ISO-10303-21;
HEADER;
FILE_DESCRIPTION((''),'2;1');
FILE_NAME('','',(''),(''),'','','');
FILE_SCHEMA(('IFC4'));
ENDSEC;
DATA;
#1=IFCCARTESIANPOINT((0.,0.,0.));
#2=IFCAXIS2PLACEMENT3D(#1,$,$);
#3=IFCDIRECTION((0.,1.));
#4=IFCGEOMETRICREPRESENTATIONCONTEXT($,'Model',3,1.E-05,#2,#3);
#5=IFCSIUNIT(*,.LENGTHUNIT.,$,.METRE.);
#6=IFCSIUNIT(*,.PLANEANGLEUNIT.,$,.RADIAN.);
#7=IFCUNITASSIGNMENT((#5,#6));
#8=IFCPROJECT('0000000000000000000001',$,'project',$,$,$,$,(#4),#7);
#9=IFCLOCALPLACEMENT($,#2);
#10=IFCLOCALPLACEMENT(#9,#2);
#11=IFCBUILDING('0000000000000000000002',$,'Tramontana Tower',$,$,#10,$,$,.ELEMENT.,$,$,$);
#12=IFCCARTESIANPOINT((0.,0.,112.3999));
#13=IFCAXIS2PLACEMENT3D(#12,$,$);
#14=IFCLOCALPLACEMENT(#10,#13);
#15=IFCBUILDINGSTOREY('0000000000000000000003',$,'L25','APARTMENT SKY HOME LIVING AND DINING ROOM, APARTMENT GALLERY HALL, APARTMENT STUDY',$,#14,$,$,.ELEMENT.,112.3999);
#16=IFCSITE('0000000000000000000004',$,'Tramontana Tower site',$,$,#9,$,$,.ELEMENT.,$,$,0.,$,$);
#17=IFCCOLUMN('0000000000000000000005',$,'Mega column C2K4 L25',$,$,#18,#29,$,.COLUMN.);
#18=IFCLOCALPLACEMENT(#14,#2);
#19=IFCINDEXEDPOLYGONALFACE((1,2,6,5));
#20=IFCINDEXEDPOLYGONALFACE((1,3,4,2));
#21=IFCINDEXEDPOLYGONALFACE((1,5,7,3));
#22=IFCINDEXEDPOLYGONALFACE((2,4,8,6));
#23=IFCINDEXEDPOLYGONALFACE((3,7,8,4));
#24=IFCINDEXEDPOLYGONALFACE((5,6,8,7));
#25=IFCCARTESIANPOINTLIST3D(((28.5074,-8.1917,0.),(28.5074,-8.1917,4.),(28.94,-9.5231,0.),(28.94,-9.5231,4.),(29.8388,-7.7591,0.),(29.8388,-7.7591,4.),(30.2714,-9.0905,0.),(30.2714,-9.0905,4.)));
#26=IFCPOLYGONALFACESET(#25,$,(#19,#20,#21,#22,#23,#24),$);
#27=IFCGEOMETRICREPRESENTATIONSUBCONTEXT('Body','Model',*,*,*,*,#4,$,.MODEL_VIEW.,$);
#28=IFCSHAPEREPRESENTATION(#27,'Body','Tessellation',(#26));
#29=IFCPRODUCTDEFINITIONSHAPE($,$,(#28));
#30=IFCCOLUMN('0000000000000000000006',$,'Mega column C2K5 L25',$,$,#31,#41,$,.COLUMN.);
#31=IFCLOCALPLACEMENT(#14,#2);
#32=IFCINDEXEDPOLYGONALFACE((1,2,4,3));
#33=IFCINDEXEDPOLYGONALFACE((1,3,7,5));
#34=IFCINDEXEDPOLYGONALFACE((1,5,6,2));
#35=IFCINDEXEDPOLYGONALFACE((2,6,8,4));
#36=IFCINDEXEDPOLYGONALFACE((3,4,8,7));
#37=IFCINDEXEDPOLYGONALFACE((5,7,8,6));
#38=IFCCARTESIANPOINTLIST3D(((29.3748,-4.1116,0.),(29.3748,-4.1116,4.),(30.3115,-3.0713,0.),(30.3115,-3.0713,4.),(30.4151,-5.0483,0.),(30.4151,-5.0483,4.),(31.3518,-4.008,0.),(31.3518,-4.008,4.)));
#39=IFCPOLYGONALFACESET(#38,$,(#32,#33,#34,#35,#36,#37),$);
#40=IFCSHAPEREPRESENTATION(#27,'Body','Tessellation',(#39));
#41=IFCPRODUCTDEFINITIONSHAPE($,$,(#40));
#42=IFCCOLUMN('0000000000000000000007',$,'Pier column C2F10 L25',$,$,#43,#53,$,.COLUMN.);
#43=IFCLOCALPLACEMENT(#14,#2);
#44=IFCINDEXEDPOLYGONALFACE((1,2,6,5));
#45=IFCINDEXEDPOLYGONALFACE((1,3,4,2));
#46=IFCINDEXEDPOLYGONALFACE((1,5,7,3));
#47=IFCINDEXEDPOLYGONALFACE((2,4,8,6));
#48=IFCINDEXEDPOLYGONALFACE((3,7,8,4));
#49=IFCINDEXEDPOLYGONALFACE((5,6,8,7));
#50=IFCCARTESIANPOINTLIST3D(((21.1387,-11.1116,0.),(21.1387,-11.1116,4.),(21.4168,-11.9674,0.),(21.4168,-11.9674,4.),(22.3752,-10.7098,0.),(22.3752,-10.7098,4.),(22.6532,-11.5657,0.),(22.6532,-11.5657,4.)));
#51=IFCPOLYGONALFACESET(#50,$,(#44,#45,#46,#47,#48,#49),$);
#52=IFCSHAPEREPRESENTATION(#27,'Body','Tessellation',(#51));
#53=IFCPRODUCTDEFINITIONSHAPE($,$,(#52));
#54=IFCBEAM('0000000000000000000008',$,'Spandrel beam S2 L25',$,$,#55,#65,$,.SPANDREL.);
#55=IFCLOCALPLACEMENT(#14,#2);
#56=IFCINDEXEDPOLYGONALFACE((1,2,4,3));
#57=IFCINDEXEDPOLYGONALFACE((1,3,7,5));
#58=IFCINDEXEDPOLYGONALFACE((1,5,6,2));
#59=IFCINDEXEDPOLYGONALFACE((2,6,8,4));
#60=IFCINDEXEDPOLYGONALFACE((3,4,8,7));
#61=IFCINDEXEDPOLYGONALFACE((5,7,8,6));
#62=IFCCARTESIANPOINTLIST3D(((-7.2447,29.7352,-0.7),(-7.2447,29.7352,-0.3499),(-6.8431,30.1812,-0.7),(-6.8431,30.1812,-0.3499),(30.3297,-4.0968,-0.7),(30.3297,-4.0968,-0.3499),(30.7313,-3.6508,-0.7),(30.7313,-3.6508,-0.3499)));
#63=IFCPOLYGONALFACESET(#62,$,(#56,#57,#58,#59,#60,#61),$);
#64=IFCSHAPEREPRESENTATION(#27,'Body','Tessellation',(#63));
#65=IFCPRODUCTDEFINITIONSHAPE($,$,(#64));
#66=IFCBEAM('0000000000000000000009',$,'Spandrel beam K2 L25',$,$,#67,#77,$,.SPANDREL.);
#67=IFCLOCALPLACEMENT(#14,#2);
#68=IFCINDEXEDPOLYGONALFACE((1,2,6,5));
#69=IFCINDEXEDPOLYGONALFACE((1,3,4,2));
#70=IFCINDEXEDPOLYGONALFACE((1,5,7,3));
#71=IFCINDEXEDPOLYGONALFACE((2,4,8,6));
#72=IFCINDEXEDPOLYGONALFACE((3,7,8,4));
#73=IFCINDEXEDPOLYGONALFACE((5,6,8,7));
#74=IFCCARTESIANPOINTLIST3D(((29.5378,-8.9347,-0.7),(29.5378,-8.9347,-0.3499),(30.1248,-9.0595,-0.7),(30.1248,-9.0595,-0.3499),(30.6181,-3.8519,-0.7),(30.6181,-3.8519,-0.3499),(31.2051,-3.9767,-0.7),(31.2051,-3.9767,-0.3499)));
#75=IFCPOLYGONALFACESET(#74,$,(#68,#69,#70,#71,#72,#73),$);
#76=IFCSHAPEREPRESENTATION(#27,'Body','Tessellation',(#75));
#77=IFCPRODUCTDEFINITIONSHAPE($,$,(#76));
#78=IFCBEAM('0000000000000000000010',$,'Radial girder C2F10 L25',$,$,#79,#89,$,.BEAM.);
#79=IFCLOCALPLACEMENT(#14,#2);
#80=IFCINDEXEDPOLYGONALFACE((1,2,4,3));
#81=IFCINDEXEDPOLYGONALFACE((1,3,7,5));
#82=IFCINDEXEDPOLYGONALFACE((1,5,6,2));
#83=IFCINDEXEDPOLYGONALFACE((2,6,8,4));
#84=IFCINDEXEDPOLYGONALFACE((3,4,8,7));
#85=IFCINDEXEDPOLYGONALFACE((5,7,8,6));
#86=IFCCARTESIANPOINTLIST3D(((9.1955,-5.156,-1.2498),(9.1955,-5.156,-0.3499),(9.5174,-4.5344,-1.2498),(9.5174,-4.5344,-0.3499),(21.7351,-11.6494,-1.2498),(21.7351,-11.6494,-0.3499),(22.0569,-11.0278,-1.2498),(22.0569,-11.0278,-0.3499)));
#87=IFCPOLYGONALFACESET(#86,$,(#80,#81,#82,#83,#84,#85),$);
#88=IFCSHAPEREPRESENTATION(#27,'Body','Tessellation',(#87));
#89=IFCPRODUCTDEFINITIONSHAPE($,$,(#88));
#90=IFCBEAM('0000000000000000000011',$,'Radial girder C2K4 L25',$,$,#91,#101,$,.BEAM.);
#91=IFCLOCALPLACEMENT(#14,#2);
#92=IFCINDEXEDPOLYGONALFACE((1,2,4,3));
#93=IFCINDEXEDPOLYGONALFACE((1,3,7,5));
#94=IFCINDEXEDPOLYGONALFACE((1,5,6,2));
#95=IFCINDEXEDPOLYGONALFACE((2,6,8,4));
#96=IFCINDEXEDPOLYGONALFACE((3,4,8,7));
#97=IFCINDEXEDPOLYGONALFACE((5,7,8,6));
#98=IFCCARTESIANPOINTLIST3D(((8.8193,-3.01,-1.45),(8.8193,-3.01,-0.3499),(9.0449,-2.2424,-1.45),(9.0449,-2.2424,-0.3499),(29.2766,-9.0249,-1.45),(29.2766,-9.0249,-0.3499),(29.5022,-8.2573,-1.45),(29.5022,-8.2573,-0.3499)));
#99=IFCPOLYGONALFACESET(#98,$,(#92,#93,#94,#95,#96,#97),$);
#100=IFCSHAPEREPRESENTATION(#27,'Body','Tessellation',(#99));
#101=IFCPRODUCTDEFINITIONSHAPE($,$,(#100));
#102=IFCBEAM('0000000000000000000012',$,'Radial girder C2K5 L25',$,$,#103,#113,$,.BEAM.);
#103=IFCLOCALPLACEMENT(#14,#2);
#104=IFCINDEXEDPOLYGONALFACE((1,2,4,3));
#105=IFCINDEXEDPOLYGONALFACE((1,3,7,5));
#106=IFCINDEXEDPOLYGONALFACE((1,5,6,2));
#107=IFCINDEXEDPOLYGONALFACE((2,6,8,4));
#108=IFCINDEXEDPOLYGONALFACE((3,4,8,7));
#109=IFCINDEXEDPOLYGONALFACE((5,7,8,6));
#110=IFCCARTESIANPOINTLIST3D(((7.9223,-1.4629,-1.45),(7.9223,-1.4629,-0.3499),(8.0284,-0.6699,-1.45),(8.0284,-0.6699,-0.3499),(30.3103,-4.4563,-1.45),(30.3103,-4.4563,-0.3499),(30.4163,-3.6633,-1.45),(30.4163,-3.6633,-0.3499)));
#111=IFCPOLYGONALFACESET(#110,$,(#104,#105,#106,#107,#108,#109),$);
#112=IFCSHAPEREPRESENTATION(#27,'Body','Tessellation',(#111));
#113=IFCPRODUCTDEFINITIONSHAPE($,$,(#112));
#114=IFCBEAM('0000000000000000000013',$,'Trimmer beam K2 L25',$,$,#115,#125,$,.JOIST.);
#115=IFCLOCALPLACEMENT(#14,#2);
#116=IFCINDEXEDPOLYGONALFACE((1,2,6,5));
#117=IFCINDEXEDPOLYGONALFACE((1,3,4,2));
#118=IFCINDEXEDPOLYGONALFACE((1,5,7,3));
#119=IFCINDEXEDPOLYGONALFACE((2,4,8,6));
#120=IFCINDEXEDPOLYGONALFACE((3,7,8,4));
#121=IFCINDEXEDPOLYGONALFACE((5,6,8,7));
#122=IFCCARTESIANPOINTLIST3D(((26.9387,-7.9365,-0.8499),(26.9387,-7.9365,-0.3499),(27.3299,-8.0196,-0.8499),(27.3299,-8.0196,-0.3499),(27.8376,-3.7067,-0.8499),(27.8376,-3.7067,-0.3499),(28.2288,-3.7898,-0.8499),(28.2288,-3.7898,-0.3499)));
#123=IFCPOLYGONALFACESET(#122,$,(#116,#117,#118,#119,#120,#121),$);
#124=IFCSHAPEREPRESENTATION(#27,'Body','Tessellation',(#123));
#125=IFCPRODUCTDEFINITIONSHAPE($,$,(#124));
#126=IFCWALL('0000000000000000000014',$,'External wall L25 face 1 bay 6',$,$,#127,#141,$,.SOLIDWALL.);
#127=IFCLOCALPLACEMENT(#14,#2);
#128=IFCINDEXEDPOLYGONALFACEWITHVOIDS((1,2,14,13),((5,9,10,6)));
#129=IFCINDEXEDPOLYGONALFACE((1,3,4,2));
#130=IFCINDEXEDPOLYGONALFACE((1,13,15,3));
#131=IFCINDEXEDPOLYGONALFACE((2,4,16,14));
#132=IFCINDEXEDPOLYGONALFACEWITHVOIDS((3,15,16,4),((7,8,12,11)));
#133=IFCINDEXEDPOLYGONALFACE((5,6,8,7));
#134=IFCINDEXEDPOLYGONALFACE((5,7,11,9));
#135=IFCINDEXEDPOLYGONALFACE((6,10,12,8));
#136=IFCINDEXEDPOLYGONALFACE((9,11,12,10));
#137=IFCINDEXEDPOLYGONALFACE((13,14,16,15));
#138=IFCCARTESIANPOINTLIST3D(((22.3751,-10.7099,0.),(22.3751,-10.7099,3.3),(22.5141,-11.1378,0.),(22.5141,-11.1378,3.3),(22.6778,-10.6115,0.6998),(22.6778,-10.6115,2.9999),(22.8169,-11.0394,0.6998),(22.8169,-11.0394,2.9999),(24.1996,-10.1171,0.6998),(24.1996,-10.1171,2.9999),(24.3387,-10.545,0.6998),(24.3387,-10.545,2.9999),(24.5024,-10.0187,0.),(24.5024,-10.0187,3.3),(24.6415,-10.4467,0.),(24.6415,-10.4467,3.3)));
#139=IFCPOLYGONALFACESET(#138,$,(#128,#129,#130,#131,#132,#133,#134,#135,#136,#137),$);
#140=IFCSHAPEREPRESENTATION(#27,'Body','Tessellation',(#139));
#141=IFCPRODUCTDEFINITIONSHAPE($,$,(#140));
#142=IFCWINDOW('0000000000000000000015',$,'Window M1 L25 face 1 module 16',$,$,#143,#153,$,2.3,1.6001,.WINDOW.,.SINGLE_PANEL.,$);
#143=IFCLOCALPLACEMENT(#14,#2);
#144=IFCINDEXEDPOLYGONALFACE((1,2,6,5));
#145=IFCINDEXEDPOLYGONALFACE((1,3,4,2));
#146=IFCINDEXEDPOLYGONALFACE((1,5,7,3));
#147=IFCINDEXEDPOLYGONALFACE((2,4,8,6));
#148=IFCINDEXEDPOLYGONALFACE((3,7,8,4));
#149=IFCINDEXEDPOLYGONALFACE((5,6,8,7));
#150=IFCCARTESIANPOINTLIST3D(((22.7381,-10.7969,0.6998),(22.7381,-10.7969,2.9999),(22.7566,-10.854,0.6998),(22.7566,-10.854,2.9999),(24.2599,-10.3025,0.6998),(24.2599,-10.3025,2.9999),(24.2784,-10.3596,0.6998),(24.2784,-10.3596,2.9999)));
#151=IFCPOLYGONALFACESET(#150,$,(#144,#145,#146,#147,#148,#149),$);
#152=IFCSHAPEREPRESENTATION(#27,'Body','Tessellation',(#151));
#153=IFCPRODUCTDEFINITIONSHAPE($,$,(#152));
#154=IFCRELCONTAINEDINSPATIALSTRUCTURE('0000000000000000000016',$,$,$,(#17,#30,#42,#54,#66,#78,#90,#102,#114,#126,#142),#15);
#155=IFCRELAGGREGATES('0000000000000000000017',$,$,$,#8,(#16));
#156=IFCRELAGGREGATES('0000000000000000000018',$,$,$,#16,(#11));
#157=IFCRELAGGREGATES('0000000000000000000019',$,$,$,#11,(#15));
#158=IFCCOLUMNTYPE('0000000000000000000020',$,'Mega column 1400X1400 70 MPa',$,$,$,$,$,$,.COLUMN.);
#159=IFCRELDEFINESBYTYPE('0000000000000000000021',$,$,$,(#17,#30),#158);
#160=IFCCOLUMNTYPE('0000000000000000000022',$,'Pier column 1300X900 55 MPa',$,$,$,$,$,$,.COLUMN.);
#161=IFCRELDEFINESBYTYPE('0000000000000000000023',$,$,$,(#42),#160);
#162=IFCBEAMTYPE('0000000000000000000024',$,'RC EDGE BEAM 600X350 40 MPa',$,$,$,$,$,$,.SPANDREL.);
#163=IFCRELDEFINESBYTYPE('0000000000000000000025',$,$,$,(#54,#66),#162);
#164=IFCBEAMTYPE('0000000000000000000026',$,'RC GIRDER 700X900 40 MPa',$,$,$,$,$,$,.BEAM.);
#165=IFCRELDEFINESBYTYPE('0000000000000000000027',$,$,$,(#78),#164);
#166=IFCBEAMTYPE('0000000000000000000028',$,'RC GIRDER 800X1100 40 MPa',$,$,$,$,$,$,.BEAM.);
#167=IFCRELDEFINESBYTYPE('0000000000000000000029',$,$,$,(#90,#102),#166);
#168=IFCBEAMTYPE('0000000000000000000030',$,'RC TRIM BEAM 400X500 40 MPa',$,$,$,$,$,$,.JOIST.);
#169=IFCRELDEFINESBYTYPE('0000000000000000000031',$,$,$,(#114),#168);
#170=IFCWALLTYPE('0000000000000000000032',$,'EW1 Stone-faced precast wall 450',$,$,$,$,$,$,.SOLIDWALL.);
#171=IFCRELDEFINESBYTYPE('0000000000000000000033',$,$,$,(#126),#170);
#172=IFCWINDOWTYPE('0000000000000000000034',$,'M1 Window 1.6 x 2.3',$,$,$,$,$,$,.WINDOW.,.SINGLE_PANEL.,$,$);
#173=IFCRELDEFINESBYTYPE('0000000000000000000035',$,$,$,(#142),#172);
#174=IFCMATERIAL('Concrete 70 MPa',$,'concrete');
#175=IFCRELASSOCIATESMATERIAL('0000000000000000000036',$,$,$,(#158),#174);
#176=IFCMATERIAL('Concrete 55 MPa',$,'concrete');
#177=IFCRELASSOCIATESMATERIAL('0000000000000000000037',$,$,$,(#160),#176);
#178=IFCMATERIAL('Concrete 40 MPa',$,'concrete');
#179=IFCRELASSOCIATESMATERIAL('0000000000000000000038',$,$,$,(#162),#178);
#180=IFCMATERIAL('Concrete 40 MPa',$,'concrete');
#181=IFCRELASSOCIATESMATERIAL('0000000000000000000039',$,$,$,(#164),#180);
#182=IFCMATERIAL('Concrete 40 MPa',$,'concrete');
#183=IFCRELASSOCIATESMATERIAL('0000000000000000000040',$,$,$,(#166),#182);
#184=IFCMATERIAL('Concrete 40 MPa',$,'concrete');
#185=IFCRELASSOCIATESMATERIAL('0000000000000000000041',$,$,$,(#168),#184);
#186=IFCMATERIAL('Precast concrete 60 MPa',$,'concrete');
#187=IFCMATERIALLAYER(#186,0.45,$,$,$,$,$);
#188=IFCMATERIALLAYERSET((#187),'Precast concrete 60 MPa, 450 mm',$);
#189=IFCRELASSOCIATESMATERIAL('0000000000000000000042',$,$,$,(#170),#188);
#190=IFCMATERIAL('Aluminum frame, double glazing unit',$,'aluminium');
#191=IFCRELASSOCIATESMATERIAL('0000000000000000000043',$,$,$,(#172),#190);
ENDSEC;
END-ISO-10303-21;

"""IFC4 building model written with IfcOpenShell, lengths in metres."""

from ifc_helpers import new_model, si_unit, direction, frame, frame_2d, origin, origin_2d, place, context, subcontext, project, spatial, rectangle, extrude, material, layer, layer_set, material_profile, profile_set, type_object, element, fill, save


model = new_model("IFC4")

# Units and contexts
model_context = context("Model", 3, precision=1e-05, world=origin(), true_north=direction((0.0, 1.0)))
body_context = subcontext(model_context, "Body", "Model", "MODEL_VIEW")
ifc_project = project(units=[si_unit("LENGTHUNIT", "METRE"), si_unit("PLANEANGLEUNIT", "RADIAN")], contexts=[model_context])

# Site, building, storey
site_placement = place(None, origin())
site = spatial("IfcSite", under=ifc_project, at=site_placement, Name="Tramontana Tower site", CompositionType="ELEMENT", RefElevation=0.0)
building_placement = place(site_placement, origin())
building = spatial("IfcBuilding", under=site, at=building_placement, Name="Tramontana Tower", CompositionType="ELEMENT")
storey_placement = place(building_placement, frame((0.0, 0.0, 112.3999)))
storey = spatial("IfcBuildingStorey", under=building, at=storey_placement, Name="L25", Description="APARTMENT SKY HOME LIVING AND DINING ROOM, APARTMENT GALLERY HALL, APARTMENT STUDY", CompositionType="ELEMENT", Elevation=112.3999)

# Columns
ifc_material_1 = material(Name="Concrete 70 MPa", Category="concrete")
ifc_material_profile_1 = material_profile(ifc_material_1, rectangle(XDim=1.3999, YDim=1.3999, at=origin_2d()), Name="Mega column 1400X1400 70 MPa")
ifc_profile_set_1 = profile_set([ifc_material_profile_1], Name="Concrete 70 MPa")
column_type_1 = type_object("IfcColumnType", Name="Mega column 1400X1400 70 MPa", PredefinedType="COLUMN", material=ifc_profile_set_1)
for number, where, z_axis, x_axis, name in (
    (1, (29.3894, -8.6411, 0.0), (0.0, 0.0, 1.0), (0.951057, 0.309017, 0.0), "Mega column C2K4 L25"),
    (2, (30.3633, -4.0598, 0.0), (0.0, 0.0, 1.0), (-0.743145, 0.669131, 0.0), "Mega column C2K5 L25"),
):
    element("IfcColumn", number, at=place(storey_placement, frame(where, z_axis=z_axis, x_axis=x_axis)), inside=storey, type_object=column_type_1, Name=name, PredefinedType="COLUMN", context=body_context, shape_type="SweptSolid", body=[
        extrude(rectangle(XDim=1.3999, YDim=1.3999, at=origin_2d()), origin(), (0.0, 0.0, 1.0), 4.0),
    ])
ifc_material_2 = material(Name="Concrete 55 MPa", Category="concrete")
ifc_material_profile_2 = material_profile(ifc_material_2, rectangle(XDim=1.3, YDim=0.8999, at=origin_2d()), Name="Pier column 1300X900 55 MPa")
ifc_profile_set_2 = profile_set([ifc_material_profile_2], Name="Concrete 55 MPa")
column_type_2 = type_object("IfcColumnType", Name="Pier column 1300X900 55 MPa", PredefinedType="COLUMN", material=ifc_profile_set_2)
column_placement = place(storey_placement, frame((21.896, -11.3386, 0.0), z_axis=(0.0, 0.0, 1.0), x_axis=(0.951057, 0.309017, 0.0)))
element("IfcColumn", 3, at=column_placement, inside=storey, type_object=column_type_2, Name="Pier column C2F10 L25", PredefinedType="COLUMN", context=body_context, shape_type="SweptSolid", body=[
    extrude(rectangle(XDim=1.3, YDim=0.8999, at=origin_2d()), origin(), (0.0, 0.0, 1.0), 4.0),
])

# Beams
ifc_material_3 = material(Name="Concrete 40 MPa", Category="concrete")
ifc_material_profile_3 = material_profile(ifc_material_3, rectangle(XDim=0.6001, YDim=0.3501, at=origin_2d()), Name="RC EDGE BEAM 600X350 40 MPa")
ifc_profile_set_3 = profile_set([ifc_material_profile_3], Name="Concrete 40 MPa")
beam_type_1 = type_object("IfcBeamType", Name="RC EDGE BEAM 600X350 40 MPa", PredefinedType="SPANDREL", material=ifc_profile_set_3)
beam_1_placement = place(storey_placement, frame((30.5305, -3.8738, -0.5249), z_axis=(-0.743146, 0.669129, 0.0), x_axis=(-0.669129, -0.743146, 0.0)))
element("IfcBeam", 4, at=beam_1_placement, inside=storey, type_object=beam_type_1, Name="Spandrel beam S2 L25", PredefinedType="SPANDREL", context=body_context, shape_type="SweptSolid", body=[
    extrude(rectangle(XDim=0.6001, YDim=0.3501, at=origin_2d()), origin(), (0.0, 0.0, 1.0), 50.5613),
])
beam_2_placement = place(storey_placement, frame((29.8313, -8.9971, -0.5249), z_axis=(0.207902, 0.97815, 0.0), x_axis=(-0.97815, 0.207902, 0.0)))
element("IfcBeam", 5, at=beam_2_placement, inside=storey, type_object=beam_type_1, Name="Spandrel beam K2 L25", PredefinedType="SPANDREL", context=body_context, shape_type="SweptSolid", body=[
    extrude(rectangle(XDim=0.6001, YDim=0.3501, at=origin_2d()), origin(), (0.0, 0.0, 1.0), 5.1963),
])
ifc_material_4 = material(Name="Concrete 40 MPa", Category="concrete")
ifc_material_profile_4 = material_profile(ifc_material_4, rectangle(XDim=0.7, YDim=0.8999, at=origin_2d()), Name="RC GIRDER 700X900 40 MPa")
ifc_profile_set_4 = profile_set([ifc_material_profile_4], Name="Concrete 40 MPa")
beam_type_2 = type_object("IfcBeamType", Name="RC GIRDER 700X900 40 MPa", PredefinedType="BEAM", material=ifc_profile_set_4)
beam_3_placement = place(storey_placement, frame((21.896, -11.3386, -0.7998), z_axis=(-0.888003, 0.459838, 0.0), x_axis=(-0.459838, -0.888003, 0.0)))
element("IfcBeam", 6, at=beam_3_placement, inside=storey, type_object=beam_type_2, Name="Radial girder C2F10 L25", PredefinedType="BEAM", context=body_context, shape_type="SweptSolid", body=[
    extrude(rectangle(XDim=0.7, YDim=0.8999, at=origin_2d()), origin(), (0.0, 0.0, 1.0), 14.1211),
])
ifc_material_5 = material(Name="Concrete 40 MPa", Category="concrete")
ifc_material_profile_5 = material_profile(ifc_material_5, rectangle(XDim=0.8, YDim=1.1001, at=origin_2d()), Name="RC GIRDER 800X1100 40 MPa")
ifc_profile_set_5 = profile_set([ifc_material_profile_5], Name="Concrete 40 MPa")
beam_type_3 = type_object("IfcBeamType", Name="RC GIRDER 800X1100 40 MPa", PredefinedType="BEAM", material=ifc_profile_set_5)
beam_4_placement = place(storey_placement, frame((29.3894, -8.6411, -0.8999), z_axis=(-0.95939, 0.282082, 0.0), x_axis=(-0.282082, -0.95939, 0.0)))
element("IfcBeam", 7, at=beam_4_placement, inside=storey, type_object=beam_type_3, Name="Radial girder C2K4 L25", PredefinedType="BEAM", context=body_context, shape_type="SweptSolid", body=[
    extrude(rectangle(XDim=0.8, YDim=1.1001, at=origin_2d()), origin(), (0.0, 0.0, 1.0), 21.3232),
])
beam_5_placement = place(storey_placement, frame((30.3633, -4.0598, -0.8999), z_axis=(-0.991179, 0.132527, 0.0), x_axis=(-0.132527, -0.991179, 0.0)))
element("IfcBeam", 8, at=beam_5_placement, inside=storey, type_object=beam_type_3, Name="Radial girder C2K5 L25", PredefinedType="BEAM", context=body_context, shape_type="SweptSolid", body=[
    extrude(rectangle(XDim=0.8, YDim=1.1001, at=origin_2d()), origin(), (0.0, 0.0, 1.0), 22.5872),
])
ifc_material_6 = material(Name="Concrete 40 MPa", Category="concrete")
ifc_material_profile_6 = material_profile(ifc_material_6, rectangle(XDim=0.3999, YDim=0.5, at=origin_2d()), Name="RC TRIM BEAM 400X500 40 MPa")
ifc_profile_set_6 = profile_set([ifc_material_profile_6], Name="Concrete 40 MPa")
beam_type_4 = type_object("IfcBeamType", Name="RC TRIM BEAM 400X500 40 MPa", PredefinedType="JOIST", material=ifc_profile_set_6)
beam_6_placement = place(storey_placement, frame((27.1343, -7.978, -0.5999), z_axis=(0.207882, 0.978154, 0.0), x_axis=(-0.978154, 0.207882, 0.0)))
element("IfcBeam", 9, at=beam_6_placement, inside=storey, type_object=beam_type_4, Name="Trimmer beam K2 L25", PredefinedType="JOIST", context=body_context, shape_type="SweptSolid", body=[
    extrude(rectangle(XDim=0.3999, YDim=0.5, at=origin_2d()), origin(), (0.0, 0.0, 1.0), 4.3242),
])

# Wall, opening, window
ifc_material_7 = material(Name="Precast concrete 60 MPa", Category="concrete")
ifc_layer_1 = layer(ifc_material_7, 0.45)
ifc_layer_set_1 = layer_set([ifc_layer_1], Name="Precast concrete 60 MPa, 450 mm")
wall_type_1 = type_object("IfcWallType", Name="EW1 Stone-faced precast wall 450", PredefinedType="SOLIDWALL", material=ifc_layer_set_1)
wall_1_placement = place(storey_placement, frame((22.4446, -10.9238, 0.0), z_axis=(0.0, 0.0, 1.0), x_axis=(0.951068, 0.308982, 0.0)))
wall_1 = element("IfcWall", 10, at=wall_1_placement, inside=storey, type_object=wall_type_1, Name="External wall L25 face 1 bay 6", PredefinedType="SOLIDWALL", context=body_context, shape_type="SweptSolid", body=[
    extrude(rectangle(XDim=2.2368, YDim=0.45, at=frame_2d((1.1184, 0.0))), origin(), (0.0, 0.0, 1.0), 3.3),
])
opening_1_placement = place(wall_1_placement, frame((0.3184, 0.0, 0.7)))
opening_1 = element("IfcOpeningElement", 11, at=opening_1_placement, cuts=wall_1, PredefinedType="OPENING", context=body_context, shape_type="SweptSolid", body=[
    extrude(rectangle(XDim=1.6001, YDim=2.3, at=frame_2d((0.8, 1.1499))), frame((0.0, 0.2349, 0.0), z_axis=(0.0, -1.0, 0.0), x_axis=(1.0, 0.0, 0.0)), (0.0, 0.0, 1.0), 0.47),
])
ifc_material_8 = material(Name="Aluminum frame, double glazing unit", Category="aluminium")
window_type_1 = type_object("IfcWindowType", Name="M1 Window 1.6 x 2.3", PartitioningType="SINGLE_PANEL", PredefinedType="WINDOW", material=ifc_material_8)
window_1_placement = place(opening_1_placement, origin())
window_1 = element("IfcWindow", 12, at=window_1_placement, inside=storey, type_object=window_type_1, Name="Window M1 L25 face 1 module 16", OverallHeight=2.3, OverallWidth=1.6001, PartitioningType="SINGLE_PANEL", PredefinedType="WINDOW", context=body_context, shape_type="SweptSolid", body=[
    extrude(rectangle(XDim=1.6001, YDim=2.3, at=frame_2d((0.8, 1.1499))), frame((0.0, 0.03, 0.0), z_axis=(0.0, -1.0, 0.0), x_axis=(1.0, 0.0, 0.0)), (0.0, 0.0, 1.0), 0.0601),
])
fill(opening_1, window_1)

save(model, "model.ifc")
